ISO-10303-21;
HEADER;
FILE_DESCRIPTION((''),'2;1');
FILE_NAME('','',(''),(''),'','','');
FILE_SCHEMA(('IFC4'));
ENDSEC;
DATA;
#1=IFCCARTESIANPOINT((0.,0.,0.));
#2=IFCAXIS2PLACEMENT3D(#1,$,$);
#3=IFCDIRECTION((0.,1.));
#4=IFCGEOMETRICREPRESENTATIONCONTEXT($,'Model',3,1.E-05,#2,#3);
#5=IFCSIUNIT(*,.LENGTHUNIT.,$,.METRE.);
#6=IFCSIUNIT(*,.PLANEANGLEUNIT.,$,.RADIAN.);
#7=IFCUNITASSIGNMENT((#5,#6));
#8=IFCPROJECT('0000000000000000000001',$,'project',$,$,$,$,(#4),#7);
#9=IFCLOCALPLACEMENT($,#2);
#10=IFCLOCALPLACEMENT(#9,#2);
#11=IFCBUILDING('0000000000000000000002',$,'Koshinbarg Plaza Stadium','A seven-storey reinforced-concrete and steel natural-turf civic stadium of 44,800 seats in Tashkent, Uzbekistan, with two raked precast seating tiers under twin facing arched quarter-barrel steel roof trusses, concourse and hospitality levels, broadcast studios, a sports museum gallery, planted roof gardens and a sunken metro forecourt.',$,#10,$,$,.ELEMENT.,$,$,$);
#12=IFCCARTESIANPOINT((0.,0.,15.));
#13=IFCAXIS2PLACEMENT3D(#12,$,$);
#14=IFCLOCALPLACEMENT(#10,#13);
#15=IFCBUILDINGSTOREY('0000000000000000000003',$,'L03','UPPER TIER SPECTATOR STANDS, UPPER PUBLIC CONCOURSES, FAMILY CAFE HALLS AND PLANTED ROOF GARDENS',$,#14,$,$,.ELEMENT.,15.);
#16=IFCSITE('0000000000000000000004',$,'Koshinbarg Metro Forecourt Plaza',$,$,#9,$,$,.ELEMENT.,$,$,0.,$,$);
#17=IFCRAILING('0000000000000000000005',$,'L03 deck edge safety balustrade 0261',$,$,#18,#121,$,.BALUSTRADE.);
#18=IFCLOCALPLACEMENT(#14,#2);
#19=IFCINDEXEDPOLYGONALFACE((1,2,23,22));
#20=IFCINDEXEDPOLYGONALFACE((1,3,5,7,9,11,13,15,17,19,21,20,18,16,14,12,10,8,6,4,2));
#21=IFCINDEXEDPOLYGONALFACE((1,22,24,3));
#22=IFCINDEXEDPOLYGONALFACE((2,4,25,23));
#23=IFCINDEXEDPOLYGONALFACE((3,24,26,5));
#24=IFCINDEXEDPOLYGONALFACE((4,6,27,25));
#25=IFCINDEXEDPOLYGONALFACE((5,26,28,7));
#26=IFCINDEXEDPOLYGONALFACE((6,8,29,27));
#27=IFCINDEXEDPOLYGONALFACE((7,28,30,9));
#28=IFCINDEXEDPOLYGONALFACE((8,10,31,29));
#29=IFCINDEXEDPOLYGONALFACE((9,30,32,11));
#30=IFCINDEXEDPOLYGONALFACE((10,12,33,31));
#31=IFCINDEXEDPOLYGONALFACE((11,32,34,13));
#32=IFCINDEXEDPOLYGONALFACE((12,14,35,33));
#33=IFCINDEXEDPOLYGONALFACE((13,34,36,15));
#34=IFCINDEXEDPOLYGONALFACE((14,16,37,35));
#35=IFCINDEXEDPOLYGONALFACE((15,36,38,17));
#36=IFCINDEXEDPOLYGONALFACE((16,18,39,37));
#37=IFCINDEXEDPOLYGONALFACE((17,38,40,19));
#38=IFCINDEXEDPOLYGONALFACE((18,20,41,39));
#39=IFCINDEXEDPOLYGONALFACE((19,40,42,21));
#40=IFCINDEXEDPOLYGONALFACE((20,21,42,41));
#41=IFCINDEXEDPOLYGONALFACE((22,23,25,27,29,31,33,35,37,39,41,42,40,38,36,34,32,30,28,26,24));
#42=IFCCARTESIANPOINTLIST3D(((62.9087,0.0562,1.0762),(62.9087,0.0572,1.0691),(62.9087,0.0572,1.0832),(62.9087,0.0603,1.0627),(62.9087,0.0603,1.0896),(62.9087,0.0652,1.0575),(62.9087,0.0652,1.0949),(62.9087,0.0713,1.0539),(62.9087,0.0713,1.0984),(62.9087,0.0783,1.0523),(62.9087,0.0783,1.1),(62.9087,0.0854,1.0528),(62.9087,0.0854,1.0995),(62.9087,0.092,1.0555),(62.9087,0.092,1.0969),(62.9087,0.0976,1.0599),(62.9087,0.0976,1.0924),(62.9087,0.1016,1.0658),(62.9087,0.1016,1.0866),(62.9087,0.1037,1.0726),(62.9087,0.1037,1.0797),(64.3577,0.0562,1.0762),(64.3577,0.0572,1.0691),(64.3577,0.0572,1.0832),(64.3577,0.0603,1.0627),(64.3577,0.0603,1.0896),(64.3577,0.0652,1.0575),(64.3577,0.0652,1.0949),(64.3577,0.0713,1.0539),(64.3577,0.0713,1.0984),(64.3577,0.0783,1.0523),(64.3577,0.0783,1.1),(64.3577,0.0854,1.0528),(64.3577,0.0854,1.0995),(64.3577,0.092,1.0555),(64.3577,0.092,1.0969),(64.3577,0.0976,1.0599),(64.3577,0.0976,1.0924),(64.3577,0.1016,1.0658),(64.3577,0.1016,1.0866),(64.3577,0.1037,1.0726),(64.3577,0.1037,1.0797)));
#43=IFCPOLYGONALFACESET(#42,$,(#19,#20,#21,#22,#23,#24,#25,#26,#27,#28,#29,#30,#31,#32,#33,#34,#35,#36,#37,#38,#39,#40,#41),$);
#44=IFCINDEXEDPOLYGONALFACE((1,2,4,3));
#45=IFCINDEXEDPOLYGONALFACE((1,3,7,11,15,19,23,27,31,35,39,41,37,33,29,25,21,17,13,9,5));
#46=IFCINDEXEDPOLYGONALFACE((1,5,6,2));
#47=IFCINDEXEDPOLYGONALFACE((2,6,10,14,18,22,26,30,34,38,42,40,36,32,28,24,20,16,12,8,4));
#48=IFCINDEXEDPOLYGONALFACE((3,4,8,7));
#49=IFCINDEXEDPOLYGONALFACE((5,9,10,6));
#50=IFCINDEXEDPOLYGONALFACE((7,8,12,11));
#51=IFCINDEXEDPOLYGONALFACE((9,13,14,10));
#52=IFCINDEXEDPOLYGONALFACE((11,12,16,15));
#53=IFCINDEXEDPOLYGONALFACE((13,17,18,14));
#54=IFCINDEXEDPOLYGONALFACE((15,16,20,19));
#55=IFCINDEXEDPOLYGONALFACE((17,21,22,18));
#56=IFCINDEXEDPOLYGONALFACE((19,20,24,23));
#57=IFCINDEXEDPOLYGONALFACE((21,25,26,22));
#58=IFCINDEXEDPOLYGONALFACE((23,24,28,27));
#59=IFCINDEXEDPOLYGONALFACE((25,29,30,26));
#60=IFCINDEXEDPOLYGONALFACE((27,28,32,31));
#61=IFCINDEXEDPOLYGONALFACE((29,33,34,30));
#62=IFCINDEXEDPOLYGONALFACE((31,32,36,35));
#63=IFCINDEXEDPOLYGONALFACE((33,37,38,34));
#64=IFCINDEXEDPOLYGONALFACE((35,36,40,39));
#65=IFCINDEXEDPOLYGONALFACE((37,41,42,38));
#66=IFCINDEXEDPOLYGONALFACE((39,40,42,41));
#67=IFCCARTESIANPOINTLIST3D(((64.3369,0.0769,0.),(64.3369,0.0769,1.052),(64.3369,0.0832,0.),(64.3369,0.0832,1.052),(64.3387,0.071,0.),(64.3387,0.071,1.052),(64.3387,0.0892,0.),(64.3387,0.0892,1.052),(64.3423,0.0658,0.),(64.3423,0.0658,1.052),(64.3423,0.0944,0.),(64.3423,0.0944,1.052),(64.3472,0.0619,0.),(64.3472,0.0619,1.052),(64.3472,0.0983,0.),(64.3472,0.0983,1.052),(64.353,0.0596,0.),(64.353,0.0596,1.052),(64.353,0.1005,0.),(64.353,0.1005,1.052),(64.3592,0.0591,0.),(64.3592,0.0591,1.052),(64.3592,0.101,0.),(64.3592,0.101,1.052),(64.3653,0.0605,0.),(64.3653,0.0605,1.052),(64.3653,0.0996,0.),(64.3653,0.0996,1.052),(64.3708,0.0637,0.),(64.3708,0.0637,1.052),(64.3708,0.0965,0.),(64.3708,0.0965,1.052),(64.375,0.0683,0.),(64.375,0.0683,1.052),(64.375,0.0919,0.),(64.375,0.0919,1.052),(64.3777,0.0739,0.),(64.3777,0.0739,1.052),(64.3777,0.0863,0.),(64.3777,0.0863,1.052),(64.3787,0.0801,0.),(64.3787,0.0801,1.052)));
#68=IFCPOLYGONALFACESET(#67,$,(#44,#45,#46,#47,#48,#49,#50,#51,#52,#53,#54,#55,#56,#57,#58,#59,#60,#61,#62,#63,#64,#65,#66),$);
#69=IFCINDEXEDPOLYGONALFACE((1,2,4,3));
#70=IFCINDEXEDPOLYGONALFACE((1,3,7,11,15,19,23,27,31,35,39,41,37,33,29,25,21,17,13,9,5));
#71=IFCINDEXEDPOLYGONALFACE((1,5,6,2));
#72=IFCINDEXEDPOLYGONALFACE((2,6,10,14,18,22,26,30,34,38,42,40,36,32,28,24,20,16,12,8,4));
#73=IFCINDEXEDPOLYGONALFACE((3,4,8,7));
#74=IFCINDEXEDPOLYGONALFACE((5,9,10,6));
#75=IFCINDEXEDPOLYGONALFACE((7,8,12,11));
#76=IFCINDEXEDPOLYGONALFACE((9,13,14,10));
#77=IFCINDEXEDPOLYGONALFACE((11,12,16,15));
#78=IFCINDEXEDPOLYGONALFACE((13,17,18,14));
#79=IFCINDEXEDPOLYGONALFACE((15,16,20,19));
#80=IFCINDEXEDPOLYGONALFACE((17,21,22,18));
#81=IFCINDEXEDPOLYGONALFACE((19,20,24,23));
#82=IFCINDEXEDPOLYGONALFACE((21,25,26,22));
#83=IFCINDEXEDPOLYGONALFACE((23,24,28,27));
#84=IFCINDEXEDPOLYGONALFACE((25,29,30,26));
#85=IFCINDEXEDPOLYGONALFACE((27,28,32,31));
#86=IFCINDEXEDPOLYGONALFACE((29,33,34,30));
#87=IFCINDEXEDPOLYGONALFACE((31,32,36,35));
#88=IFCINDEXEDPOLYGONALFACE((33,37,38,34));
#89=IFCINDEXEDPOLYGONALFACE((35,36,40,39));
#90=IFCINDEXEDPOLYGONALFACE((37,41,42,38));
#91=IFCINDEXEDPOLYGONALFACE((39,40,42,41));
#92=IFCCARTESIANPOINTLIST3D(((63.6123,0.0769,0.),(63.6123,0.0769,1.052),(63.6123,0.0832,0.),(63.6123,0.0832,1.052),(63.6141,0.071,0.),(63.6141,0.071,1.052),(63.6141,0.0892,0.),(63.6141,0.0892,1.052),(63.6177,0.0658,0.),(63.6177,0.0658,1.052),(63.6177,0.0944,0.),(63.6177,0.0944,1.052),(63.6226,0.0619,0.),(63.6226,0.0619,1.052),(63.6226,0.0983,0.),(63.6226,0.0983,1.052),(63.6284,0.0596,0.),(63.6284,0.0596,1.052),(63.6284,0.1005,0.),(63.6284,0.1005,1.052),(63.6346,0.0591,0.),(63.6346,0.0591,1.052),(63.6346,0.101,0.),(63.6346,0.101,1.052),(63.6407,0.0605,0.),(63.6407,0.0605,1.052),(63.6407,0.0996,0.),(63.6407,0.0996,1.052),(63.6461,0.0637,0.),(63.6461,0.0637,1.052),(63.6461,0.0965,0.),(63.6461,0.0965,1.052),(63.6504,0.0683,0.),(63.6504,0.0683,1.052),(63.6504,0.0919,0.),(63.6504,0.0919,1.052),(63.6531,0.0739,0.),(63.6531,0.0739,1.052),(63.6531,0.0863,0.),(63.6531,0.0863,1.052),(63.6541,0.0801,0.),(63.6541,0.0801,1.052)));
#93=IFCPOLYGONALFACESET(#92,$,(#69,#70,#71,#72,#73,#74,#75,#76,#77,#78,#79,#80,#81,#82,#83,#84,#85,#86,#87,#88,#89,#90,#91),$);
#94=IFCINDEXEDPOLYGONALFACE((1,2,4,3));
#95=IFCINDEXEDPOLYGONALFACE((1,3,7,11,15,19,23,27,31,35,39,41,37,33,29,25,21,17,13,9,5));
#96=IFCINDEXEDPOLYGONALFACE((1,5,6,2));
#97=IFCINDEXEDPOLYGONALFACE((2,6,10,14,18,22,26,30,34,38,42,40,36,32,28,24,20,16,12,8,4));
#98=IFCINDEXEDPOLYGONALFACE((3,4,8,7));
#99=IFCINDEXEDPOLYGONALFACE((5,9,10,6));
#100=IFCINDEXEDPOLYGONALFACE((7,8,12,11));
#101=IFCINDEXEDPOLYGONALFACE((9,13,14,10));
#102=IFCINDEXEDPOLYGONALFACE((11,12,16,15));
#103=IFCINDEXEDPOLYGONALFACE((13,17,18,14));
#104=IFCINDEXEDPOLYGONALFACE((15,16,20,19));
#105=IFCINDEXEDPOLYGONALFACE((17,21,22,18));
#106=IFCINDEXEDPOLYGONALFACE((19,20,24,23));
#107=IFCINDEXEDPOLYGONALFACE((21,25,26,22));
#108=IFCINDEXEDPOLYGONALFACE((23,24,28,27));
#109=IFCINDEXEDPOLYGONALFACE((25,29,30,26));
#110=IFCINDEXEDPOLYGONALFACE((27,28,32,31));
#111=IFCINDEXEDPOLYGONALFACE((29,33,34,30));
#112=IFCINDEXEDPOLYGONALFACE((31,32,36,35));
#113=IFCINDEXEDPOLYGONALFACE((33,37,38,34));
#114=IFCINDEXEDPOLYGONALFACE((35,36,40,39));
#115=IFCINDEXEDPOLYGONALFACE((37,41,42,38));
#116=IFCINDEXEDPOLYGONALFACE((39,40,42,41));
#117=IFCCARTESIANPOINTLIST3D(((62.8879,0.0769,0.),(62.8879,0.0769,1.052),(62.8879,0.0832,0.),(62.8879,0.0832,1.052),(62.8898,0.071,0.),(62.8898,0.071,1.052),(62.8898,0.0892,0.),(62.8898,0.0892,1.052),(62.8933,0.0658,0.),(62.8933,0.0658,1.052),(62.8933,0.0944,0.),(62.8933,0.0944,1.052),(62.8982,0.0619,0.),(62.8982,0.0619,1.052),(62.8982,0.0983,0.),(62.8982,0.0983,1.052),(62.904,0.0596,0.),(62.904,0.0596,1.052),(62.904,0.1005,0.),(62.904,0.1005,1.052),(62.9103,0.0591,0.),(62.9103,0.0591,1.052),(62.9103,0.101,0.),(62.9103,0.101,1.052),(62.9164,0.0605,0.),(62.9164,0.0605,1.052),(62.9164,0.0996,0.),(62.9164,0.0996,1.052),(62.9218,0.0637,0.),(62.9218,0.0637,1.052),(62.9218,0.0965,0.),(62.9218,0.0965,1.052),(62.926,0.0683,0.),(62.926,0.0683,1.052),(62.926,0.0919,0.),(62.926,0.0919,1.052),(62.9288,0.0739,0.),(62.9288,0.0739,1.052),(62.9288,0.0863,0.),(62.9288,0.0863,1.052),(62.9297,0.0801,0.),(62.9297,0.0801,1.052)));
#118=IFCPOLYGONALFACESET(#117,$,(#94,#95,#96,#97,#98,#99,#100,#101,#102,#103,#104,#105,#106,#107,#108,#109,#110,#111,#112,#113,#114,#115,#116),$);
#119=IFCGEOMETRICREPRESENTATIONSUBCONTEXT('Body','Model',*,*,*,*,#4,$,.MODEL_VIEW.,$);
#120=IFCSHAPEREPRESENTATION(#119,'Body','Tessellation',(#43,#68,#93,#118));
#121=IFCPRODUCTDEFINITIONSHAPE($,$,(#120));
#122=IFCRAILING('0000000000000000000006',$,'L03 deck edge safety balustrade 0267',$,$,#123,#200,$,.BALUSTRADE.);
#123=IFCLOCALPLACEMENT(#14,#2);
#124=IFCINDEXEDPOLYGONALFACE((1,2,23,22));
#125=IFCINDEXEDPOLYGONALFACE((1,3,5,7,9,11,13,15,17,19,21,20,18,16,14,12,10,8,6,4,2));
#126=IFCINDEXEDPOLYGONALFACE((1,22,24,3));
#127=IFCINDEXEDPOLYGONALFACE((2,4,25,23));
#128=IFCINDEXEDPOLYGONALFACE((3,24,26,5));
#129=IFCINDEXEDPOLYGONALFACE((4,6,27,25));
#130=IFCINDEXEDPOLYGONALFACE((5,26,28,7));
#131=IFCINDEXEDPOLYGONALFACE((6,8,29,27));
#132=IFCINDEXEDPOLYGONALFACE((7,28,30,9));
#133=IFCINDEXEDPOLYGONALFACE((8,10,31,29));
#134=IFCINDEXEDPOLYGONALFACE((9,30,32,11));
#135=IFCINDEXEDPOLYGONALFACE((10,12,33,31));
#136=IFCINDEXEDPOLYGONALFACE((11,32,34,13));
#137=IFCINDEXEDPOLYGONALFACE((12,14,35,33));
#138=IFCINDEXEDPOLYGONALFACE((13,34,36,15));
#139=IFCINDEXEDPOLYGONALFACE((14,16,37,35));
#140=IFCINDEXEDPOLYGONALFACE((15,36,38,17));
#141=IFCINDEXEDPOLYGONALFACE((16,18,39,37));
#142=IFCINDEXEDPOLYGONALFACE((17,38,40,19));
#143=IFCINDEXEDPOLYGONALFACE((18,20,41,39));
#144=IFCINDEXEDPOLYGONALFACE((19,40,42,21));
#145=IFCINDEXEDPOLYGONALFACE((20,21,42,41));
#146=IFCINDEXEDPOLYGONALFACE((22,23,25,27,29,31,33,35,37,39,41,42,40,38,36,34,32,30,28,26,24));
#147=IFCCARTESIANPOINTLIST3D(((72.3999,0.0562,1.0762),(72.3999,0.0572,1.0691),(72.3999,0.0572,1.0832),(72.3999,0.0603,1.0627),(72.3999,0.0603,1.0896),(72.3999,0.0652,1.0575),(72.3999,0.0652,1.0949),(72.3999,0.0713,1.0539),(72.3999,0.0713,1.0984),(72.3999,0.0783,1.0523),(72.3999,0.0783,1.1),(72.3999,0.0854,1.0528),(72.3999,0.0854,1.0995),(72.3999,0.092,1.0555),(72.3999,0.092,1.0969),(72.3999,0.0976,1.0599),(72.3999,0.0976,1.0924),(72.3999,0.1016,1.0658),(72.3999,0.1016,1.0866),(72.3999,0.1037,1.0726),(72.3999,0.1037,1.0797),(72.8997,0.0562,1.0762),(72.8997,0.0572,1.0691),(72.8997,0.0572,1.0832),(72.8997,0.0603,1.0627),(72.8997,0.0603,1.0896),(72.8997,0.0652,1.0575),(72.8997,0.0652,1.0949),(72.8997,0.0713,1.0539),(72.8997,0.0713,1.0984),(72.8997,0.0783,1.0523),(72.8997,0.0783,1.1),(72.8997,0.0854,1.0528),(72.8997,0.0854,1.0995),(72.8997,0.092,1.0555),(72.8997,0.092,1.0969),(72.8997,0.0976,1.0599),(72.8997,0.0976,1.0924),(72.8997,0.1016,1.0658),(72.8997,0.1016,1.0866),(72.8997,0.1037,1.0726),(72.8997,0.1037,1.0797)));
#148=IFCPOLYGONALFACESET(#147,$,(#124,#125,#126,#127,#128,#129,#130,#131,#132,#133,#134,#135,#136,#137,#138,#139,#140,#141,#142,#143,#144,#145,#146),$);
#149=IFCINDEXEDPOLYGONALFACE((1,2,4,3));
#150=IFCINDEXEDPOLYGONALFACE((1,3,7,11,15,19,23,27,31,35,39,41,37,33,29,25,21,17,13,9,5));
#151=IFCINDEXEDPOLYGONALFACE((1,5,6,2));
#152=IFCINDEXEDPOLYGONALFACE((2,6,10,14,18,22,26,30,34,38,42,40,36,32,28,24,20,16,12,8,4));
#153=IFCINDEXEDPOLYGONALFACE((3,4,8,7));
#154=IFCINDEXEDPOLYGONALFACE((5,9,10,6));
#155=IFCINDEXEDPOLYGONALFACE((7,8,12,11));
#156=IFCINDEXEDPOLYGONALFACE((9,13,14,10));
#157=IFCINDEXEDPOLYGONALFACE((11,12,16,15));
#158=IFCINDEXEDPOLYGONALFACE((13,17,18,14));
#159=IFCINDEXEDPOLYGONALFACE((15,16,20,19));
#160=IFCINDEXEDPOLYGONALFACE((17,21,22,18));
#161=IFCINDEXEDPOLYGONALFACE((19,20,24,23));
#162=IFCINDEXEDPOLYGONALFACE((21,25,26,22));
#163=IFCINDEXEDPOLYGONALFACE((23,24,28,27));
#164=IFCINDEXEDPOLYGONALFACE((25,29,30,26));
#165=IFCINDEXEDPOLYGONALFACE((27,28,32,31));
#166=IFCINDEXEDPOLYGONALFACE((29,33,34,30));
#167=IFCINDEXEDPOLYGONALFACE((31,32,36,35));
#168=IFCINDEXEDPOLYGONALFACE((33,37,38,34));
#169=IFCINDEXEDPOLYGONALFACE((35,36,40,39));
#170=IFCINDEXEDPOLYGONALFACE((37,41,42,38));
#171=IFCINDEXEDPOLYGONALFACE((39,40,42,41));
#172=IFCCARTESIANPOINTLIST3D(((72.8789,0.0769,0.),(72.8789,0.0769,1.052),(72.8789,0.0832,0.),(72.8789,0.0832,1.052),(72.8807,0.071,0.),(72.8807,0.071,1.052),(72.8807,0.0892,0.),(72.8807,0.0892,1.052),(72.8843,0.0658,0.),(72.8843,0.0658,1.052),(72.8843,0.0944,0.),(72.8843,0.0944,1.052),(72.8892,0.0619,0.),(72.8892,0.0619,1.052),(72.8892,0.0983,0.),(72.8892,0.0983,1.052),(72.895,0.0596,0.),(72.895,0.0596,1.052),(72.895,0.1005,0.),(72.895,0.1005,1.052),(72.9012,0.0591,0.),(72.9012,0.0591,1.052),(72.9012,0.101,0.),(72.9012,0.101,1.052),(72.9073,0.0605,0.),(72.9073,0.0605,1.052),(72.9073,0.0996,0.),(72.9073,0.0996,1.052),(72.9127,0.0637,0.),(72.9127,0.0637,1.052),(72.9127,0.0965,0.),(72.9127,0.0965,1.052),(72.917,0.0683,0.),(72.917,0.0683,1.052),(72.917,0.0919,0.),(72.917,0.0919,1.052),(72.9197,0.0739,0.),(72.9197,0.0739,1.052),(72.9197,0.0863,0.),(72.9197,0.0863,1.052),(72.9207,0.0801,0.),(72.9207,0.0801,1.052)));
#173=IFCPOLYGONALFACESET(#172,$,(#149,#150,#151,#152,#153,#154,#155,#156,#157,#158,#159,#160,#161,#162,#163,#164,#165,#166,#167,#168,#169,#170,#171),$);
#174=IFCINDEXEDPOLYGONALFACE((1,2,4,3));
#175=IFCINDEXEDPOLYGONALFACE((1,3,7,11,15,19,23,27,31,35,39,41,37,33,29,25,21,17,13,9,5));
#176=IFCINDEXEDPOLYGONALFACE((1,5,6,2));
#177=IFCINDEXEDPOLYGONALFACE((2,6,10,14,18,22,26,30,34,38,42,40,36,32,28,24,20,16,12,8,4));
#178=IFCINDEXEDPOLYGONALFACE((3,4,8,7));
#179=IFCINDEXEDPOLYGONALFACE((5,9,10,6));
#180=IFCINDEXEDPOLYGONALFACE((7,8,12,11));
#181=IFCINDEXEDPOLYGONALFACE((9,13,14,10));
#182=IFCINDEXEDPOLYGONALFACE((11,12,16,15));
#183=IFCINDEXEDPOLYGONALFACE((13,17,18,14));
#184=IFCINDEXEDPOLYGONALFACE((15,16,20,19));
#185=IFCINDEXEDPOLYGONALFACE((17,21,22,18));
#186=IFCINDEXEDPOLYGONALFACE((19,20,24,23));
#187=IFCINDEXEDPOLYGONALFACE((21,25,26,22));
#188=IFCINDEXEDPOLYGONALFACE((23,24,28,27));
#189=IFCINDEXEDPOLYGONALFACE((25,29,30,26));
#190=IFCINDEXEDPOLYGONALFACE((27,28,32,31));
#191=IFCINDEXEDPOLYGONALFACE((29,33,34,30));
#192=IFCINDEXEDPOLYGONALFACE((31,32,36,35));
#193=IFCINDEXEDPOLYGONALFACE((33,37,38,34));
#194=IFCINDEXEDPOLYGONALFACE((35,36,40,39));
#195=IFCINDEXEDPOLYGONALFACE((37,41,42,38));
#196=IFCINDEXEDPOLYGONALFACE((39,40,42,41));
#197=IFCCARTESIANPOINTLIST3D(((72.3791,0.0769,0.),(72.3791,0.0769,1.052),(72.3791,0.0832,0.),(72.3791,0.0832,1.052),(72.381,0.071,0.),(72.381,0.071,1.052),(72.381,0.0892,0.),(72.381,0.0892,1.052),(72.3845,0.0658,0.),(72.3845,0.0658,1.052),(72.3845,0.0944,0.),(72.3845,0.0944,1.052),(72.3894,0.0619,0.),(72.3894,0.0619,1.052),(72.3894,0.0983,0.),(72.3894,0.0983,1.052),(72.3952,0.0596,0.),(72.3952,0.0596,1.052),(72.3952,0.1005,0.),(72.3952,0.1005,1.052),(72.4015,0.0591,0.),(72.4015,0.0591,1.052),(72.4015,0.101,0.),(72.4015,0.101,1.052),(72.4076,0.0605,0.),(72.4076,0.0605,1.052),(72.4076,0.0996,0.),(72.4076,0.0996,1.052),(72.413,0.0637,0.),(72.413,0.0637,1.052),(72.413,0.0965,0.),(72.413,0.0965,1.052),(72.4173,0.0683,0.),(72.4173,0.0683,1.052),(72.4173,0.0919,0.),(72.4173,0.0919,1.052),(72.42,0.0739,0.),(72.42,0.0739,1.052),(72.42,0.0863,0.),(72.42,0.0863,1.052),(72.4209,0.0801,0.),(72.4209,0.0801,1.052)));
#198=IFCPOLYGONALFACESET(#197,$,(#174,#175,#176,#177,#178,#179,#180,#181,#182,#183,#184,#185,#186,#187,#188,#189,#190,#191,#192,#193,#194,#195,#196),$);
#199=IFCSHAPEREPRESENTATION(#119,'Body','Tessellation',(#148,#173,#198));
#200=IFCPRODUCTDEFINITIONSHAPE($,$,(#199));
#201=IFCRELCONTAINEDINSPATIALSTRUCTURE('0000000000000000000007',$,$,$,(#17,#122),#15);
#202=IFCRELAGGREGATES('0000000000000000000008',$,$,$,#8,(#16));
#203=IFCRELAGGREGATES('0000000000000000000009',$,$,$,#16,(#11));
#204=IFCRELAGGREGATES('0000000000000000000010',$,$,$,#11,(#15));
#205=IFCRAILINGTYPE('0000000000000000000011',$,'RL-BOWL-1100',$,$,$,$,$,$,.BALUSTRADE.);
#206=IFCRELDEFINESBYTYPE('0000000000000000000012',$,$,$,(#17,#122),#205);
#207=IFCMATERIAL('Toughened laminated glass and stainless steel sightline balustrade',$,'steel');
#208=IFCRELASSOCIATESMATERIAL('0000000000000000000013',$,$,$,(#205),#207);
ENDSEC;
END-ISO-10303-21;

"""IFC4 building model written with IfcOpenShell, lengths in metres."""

from ifc_helpers import new_model, si_unit, direction, frame, origin, origin_2d, place, context, subcontext, project, spatial, circle, extrude, material, type_object, element, save


model = new_model("IFC4")

# Units and contexts
model_context = context("Model", 3, precision=1e-05, world=origin(), true_north=direction((0.0, 1.0)))
body_context = subcontext(model_context, "Body", "Model", "MODEL_VIEW")
ifc_project = project(units=[si_unit("LENGTHUNIT", "METRE"), si_unit("PLANEANGLEUNIT", "RADIAN")], contexts=[model_context])

# Site, building, storey
site_placement = place(None, origin())
site = spatial("IfcSite", under=ifc_project, at=site_placement, Name="Koshinbarg Metro Forecourt Plaza", CompositionType="ELEMENT", RefElevation=0.0)
building_placement = place(site_placement, origin())
building = spatial("IfcBuilding", under=site, at=building_placement, Name="Koshinbarg Plaza Stadium", Description="A seven-storey reinforced-concrete and steel natural-turf civic stadium of 44,800 seats in Tashkent, Uzbekistan, with two raked precast seating tiers under twin facing arched quarter-barrel steel roof trusses, concourse and hospitality levels, broadcast studios, a sports museum gallery, planted roof gardens and a sunken metro forecourt.", CompositionType="ELEMENT")
storey_placement = place(building_placement, frame((0.0, 0.0, 15.0)))
storey = spatial("IfcBuildingStorey", under=building, at=storey_placement, Name="L03", Description="UPPER TIER SPECTATOR STANDS, UPPER PUBLIC CONCOURSES, FAMILY CAFE HALLS AND PLANTED ROOF GARDENS", CompositionType="ELEMENT", Elevation=15.0)

# Railings
ifc_material_1 = material(Name="Toughened laminated glass and stainless steel sightline balustrade", Category="steel")
railing_type_1 = type_object("IfcRailingType", Name="RL-BOWL-1100", PredefinedType="BALUSTRADE", material=ifc_material_1)
railing_1_placement = place(storey_placement, frame((64.3577, 0.0801, 0.0)))
element("IfcRailing", 1, at=railing_1_placement, inside=storey, type_object=railing_type_1, Name="L03 deck edge safety balustrade 0261", PredefinedType="BALUSTRADE", context=body_context, shape_type="SweptSolid", body=[
    extrude(circle(Radius=0.0239, at=origin_2d()), frame((0.0, 0.0, 1.0762), z_axis=(-1.0, 0.0, 0.0), x_axis=(0.0, -1.0, 0.0)), (0.0, 0.0, 1.0), 1.449),
    extrude(circle(Radius=0.021, at=origin_2d()), origin(), (0.0, 0.0, 1.0), 1.052),
    extrude(circle(Radius=0.021, at=origin_2d()), frame((-0.7246, 0.0, 0.0)), (0.0, 0.0, 1.0), 1.052),
    extrude(circle(Radius=0.021, at=origin_2d()), frame((-1.449, 0.0, 0.0)), (0.0, 0.0, 1.0), 1.052),
])
railing_2_placement = place(storey_placement, frame((72.8997, 0.0801, 0.0)))
element("IfcRailing", 2, at=railing_2_placement, inside=storey, type_object=railing_type_1, Name="L03 deck edge safety balustrade 0267", PredefinedType="BALUSTRADE", context=body_context, shape_type="SweptSolid", body=[
    extrude(circle(Radius=0.0239, at=origin_2d()), frame((0.0, 0.0, 1.0762), z_axis=(-1.0, 0.0, 0.0), x_axis=(0.0, -1.0, 0.0)), (0.0, 0.0, 1.0), 0.4998),
    extrude(circle(Radius=0.021, at=origin_2d()), origin(), (0.0, 0.0, 1.0), 1.052),
    extrude(circle(Radius=0.021, at=origin_2d()), frame((-0.4998, 0.0, 0.0)), (0.0, 0.0, 1.0), 1.052),
])

save(model, "model.ifc")
